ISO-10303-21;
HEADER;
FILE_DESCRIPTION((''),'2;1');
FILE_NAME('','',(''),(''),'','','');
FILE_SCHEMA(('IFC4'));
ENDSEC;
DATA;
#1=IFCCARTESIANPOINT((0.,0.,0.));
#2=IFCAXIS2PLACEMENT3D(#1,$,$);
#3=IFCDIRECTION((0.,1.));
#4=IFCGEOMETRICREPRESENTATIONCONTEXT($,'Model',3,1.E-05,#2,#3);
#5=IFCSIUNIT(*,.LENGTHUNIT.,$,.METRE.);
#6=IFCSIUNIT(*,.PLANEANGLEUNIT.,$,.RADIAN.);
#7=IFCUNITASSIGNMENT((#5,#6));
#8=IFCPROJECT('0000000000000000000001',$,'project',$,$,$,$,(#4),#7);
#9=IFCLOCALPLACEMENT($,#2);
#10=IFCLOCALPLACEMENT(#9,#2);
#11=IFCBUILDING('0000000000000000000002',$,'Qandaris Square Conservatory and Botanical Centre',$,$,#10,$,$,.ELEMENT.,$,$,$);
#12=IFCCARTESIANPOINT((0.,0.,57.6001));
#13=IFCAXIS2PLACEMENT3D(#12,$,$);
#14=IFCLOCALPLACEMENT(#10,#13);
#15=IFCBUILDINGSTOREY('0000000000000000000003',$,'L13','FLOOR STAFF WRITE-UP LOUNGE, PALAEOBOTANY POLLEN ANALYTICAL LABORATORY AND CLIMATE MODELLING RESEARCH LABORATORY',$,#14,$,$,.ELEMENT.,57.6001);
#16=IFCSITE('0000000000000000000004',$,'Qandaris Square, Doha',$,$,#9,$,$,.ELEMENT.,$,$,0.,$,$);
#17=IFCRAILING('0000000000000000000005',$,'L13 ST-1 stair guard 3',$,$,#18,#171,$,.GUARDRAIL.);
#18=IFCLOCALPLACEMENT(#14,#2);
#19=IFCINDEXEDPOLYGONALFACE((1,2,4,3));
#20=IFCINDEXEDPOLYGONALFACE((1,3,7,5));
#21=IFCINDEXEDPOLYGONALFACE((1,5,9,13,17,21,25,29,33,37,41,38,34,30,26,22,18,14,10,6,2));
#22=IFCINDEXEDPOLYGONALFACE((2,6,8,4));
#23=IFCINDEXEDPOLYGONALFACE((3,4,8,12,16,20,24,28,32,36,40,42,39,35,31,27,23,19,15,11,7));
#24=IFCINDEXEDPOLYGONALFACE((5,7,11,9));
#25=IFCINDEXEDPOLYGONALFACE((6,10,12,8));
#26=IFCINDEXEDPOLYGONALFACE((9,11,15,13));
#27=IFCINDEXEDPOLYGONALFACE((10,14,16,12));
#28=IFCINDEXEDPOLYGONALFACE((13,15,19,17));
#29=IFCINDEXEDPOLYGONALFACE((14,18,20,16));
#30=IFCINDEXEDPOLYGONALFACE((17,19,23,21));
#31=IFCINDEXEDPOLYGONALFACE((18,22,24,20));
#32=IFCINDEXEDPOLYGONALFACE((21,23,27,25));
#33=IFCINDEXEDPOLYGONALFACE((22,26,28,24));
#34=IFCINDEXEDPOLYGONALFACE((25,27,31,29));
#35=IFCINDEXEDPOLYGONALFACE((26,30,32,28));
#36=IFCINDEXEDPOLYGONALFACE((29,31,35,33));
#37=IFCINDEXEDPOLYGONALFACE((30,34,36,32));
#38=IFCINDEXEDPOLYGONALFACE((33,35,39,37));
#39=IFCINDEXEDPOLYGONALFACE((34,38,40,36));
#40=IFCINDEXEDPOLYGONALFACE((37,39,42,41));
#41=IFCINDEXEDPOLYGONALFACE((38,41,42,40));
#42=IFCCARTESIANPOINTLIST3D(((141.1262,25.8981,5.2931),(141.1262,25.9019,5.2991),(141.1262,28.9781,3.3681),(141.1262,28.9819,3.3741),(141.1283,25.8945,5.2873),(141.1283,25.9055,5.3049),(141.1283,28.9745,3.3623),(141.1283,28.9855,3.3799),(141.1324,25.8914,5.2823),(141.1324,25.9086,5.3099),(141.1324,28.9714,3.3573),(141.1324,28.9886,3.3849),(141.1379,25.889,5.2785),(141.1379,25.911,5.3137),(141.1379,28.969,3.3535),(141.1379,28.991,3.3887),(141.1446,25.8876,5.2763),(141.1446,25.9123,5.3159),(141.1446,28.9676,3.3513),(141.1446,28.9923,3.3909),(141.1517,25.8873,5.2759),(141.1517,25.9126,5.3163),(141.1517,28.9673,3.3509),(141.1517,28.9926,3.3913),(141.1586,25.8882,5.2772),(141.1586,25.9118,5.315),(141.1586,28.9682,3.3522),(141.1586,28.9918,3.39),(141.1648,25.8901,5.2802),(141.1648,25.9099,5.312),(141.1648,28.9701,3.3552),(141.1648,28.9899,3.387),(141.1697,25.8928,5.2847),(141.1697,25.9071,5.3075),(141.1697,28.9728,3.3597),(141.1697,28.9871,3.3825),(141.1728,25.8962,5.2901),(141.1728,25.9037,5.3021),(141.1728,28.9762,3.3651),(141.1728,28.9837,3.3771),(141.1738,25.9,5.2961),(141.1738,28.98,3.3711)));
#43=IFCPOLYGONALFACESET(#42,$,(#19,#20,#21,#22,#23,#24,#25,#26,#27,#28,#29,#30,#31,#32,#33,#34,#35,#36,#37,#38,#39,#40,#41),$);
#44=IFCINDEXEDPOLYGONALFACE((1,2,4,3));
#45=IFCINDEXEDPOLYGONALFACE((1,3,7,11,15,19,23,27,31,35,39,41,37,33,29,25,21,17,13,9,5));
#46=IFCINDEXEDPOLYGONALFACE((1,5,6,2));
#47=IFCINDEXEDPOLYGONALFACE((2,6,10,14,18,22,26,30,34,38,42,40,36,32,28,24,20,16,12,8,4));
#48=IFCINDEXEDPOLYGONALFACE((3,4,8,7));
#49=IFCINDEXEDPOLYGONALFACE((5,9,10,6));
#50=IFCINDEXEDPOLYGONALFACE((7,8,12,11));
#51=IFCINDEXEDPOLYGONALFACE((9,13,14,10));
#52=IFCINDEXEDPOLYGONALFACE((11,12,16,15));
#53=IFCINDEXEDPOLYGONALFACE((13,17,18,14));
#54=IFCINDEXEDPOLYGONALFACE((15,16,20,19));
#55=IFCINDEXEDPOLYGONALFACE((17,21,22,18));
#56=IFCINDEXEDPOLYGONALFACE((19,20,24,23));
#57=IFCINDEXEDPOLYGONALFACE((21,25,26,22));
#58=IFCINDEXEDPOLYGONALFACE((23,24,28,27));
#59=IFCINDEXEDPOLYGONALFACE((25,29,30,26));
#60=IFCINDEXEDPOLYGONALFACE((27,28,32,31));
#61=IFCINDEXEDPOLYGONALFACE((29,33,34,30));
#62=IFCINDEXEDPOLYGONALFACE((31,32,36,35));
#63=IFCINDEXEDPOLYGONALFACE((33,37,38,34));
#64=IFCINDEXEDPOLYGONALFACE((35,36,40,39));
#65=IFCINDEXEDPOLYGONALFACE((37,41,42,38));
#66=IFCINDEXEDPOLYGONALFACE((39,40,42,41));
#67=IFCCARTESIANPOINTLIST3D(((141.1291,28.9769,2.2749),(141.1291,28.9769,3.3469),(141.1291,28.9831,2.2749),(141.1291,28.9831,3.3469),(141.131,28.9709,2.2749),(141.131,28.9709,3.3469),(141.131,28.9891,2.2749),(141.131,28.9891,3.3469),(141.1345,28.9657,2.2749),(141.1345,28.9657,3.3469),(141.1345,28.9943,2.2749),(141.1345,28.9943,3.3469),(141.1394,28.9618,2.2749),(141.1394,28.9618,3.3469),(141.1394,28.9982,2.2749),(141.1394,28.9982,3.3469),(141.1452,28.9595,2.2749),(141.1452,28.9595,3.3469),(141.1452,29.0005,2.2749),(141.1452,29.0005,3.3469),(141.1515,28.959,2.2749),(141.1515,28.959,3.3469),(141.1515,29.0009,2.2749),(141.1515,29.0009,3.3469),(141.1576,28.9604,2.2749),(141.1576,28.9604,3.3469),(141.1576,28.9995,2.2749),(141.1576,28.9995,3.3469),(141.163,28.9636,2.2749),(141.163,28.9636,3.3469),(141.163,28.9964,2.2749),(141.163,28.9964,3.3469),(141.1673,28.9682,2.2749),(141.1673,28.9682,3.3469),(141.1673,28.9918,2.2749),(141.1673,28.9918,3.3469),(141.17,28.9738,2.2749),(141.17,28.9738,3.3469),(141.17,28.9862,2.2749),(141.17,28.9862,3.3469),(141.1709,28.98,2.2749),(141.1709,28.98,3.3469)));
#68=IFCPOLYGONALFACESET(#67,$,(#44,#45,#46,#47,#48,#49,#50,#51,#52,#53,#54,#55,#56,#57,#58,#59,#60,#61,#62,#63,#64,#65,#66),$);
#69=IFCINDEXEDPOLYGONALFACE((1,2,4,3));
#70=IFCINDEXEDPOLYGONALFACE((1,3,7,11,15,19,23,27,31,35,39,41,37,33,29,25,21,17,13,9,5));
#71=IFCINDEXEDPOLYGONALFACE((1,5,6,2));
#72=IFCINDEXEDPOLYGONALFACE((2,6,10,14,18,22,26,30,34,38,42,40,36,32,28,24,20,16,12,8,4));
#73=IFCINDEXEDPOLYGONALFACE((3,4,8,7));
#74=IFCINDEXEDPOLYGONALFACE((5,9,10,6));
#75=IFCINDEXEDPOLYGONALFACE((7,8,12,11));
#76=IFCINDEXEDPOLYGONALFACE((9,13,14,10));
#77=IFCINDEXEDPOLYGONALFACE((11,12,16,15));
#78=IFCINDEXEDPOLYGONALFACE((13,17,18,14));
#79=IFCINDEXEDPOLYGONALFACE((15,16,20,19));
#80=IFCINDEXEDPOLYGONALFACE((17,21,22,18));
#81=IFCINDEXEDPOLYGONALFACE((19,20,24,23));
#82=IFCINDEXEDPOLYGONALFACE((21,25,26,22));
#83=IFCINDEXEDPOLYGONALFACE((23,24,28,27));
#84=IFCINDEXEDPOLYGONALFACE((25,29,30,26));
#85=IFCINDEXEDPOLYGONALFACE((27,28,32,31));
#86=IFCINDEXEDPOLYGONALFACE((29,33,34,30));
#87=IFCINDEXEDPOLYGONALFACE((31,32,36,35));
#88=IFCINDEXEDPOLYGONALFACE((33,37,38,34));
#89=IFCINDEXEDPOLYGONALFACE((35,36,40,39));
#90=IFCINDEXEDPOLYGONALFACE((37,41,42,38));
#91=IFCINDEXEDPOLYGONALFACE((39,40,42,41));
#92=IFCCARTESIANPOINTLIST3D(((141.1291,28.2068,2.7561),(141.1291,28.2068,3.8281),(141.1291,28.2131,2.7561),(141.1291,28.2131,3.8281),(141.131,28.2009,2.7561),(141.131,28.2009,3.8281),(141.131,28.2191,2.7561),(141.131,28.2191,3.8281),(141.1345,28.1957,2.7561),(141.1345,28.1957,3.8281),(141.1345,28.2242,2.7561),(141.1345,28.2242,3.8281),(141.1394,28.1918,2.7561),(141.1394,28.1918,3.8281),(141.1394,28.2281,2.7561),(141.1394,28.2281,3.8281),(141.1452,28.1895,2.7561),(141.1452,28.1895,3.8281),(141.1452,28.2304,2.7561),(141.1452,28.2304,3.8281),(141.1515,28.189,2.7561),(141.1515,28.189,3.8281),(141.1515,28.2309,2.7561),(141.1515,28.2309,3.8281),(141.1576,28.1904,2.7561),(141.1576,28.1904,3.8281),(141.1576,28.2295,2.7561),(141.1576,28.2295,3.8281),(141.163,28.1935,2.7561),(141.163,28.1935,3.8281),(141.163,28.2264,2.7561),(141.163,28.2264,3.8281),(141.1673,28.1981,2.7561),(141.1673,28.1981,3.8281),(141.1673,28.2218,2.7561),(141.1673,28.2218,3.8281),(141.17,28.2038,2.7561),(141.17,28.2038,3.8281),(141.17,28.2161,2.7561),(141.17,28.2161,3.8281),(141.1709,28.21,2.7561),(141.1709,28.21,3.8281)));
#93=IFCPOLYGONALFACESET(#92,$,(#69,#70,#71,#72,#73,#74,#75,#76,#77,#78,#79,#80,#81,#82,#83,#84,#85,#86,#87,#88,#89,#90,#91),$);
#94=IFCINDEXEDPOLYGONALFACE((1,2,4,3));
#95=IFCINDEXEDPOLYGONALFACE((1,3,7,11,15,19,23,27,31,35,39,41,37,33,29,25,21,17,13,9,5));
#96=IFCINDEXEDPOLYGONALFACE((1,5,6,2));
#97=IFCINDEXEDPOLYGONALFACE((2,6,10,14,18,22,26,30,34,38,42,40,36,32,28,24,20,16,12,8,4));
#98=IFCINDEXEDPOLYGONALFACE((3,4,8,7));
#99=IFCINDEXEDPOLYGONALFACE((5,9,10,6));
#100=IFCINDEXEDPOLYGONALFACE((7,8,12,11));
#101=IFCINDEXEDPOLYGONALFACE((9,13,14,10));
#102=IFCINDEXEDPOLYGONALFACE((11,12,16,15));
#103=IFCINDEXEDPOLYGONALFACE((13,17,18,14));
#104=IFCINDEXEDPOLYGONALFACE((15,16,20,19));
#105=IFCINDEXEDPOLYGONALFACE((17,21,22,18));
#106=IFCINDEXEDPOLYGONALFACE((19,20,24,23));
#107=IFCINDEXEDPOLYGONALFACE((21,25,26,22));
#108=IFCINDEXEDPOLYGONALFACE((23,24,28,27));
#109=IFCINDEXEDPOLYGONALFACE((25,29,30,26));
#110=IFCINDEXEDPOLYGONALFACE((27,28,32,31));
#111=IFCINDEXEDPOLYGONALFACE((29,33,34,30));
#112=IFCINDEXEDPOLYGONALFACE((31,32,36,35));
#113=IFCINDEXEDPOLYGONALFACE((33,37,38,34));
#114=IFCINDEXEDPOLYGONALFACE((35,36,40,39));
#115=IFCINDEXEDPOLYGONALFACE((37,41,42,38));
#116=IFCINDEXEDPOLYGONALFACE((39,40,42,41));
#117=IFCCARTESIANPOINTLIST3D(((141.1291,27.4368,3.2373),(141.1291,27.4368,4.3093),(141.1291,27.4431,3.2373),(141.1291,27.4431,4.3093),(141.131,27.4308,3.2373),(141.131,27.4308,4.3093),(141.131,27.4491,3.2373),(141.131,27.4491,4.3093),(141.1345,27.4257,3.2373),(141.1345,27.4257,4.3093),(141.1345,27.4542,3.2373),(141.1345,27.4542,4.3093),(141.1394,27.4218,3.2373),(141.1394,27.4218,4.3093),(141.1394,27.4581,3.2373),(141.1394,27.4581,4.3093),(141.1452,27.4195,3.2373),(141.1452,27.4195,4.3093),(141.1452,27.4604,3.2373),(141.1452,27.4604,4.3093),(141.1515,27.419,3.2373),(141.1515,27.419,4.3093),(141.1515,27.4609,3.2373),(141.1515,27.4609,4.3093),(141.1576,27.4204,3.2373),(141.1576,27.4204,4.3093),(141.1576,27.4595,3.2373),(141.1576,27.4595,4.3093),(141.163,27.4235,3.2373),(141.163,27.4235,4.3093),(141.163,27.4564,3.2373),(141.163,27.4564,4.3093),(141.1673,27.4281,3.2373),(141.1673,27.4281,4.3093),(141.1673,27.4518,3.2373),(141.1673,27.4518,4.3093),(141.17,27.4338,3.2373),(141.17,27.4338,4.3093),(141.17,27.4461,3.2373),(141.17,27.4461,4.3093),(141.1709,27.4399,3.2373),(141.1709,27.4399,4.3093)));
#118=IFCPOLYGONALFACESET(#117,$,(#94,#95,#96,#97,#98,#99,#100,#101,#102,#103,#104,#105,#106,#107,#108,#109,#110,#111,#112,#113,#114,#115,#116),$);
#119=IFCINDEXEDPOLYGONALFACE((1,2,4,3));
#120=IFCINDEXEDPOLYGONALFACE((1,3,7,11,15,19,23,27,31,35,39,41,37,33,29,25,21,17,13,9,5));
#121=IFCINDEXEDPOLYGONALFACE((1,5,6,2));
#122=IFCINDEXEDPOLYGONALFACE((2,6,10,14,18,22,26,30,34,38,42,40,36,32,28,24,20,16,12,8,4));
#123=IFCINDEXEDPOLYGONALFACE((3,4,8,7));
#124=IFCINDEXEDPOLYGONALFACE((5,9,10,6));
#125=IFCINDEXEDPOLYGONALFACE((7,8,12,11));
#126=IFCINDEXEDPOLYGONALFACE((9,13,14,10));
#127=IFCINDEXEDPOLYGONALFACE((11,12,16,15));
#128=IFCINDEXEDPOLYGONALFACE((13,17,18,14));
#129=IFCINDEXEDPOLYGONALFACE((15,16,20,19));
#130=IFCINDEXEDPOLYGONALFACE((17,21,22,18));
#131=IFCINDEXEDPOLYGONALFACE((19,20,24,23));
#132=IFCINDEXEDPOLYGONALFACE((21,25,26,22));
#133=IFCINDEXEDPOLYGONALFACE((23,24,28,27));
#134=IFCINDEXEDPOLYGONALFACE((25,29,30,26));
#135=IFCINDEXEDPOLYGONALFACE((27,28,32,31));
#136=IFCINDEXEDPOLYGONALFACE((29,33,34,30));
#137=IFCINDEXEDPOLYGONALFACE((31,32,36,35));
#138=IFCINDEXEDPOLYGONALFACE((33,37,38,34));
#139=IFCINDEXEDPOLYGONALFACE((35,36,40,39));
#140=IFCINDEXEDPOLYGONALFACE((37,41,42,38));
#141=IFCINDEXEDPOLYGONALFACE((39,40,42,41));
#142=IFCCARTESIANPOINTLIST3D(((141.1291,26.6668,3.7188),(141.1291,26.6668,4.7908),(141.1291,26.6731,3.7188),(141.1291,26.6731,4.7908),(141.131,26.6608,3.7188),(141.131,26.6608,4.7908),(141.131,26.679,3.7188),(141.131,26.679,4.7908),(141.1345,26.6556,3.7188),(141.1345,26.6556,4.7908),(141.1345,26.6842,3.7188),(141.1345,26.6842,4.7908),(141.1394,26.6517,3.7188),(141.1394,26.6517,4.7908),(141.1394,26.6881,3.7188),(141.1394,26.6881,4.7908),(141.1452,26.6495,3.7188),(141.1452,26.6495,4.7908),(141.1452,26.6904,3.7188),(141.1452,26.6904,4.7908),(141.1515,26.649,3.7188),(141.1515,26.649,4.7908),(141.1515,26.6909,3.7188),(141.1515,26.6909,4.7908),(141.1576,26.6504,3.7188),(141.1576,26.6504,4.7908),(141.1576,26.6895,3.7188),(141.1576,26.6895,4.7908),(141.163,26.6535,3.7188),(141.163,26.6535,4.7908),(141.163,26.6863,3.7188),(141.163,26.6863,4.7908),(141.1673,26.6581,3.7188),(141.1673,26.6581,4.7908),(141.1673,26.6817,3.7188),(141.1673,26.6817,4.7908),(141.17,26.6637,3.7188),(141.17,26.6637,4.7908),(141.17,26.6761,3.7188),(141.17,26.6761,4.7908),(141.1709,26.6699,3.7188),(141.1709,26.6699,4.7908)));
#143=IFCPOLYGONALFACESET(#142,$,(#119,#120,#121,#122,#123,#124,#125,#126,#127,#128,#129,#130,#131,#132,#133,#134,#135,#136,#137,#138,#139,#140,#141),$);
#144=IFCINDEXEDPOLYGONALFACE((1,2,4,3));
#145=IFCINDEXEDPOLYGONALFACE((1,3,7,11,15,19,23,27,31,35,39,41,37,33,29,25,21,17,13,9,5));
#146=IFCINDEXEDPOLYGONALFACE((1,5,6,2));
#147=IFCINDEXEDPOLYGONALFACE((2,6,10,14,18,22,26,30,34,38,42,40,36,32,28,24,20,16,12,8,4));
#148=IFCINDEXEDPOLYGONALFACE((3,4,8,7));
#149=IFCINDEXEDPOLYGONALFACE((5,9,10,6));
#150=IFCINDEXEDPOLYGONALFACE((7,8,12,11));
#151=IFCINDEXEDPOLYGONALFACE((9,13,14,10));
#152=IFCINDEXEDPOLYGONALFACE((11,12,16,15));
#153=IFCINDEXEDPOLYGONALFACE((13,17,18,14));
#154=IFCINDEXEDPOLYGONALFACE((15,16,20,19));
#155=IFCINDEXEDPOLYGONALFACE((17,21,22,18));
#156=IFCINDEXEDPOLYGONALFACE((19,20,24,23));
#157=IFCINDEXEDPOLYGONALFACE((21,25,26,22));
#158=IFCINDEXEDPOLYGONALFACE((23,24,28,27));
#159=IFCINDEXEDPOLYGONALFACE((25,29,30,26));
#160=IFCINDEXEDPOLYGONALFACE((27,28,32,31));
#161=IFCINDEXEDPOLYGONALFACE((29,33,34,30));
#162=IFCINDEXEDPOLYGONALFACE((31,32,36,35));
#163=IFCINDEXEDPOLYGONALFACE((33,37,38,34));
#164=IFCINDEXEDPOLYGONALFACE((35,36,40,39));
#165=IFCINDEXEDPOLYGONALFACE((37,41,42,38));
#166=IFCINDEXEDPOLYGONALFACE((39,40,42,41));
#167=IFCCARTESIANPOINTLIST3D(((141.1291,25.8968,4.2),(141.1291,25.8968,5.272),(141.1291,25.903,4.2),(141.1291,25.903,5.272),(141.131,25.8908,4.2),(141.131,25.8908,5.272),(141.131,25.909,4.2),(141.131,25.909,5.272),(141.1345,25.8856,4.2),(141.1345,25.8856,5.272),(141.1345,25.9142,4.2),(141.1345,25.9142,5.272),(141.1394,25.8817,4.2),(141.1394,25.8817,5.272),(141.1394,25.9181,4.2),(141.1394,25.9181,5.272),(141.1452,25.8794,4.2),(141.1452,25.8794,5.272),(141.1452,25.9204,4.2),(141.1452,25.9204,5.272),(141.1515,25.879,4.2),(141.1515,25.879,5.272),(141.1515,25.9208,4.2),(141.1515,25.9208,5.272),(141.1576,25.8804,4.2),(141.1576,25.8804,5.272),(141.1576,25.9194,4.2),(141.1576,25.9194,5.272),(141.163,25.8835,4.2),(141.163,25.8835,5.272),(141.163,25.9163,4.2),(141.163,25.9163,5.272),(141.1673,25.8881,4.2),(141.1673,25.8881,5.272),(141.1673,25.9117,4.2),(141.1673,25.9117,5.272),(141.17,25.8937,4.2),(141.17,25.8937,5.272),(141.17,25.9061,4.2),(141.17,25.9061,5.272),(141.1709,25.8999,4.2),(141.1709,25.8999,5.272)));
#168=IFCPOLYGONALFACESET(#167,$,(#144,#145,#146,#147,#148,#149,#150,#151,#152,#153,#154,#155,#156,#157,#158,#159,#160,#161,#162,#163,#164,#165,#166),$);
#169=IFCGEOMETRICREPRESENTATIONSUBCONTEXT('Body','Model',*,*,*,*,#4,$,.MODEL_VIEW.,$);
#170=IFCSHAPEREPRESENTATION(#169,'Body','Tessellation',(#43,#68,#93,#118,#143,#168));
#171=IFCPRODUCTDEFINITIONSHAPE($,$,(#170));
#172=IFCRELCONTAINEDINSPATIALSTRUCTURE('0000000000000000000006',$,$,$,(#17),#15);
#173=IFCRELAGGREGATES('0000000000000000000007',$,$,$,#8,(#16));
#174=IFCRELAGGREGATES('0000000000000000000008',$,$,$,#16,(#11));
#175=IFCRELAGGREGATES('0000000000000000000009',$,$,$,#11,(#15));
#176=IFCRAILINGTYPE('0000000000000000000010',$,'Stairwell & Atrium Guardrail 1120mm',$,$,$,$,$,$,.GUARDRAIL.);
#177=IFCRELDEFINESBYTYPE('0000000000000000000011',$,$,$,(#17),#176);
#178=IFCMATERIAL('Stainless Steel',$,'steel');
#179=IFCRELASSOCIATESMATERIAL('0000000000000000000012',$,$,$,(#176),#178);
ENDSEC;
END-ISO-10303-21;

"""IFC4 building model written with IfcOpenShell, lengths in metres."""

from ifc_helpers import new_model, si_unit, direction, frame, origin, origin_2d, place, context, subcontext, project, spatial, circle, extrude, material, type_object, element, save


model = new_model("IFC4")

# Units and contexts
model_context = context("Model", 3, precision=1e-05, world=origin(), true_north=direction((0.0, 1.0)))
body_context = subcontext(model_context, "Body", "Model", "MODEL_VIEW")
ifc_project = project(units=[si_unit("LENGTHUNIT", "METRE"), si_unit("PLANEANGLEUNIT", "RADIAN")], contexts=[model_context])

# Site, building, storey
site_placement = place(None, origin())
site = spatial("IfcSite", under=ifc_project, at=site_placement, Name="Qandaris Square, Doha", CompositionType="ELEMENT", RefElevation=0.0)
building_placement = place(site_placement, origin())
building = spatial("IfcBuilding", under=site, at=building_placement, Name="Qandaris Square Conservatory and Botanical Centre", CompositionType="ELEMENT")
storey_placement = place(building_placement, frame((0.0, 0.0, 57.6001)))
storey = spatial("IfcBuildingStorey", under=building, at=storey_placement, Name="L13", Description="FLOOR STAFF WRITE-UP LOUNGE, PALAEOBOTANY POLLEN ANALYTICAL LABORATORY AND CLIMATE MODELLING RESEARCH LABORATORY", CompositionType="ELEMENT", Elevation=57.6001)

# Railing
ifc_material_1 = material(Name="Stainless Steel", Category="steel")
railing_type_1 = type_object("IfcRailingType", Name="Stairwell & Atrium Guardrail 1120mm", PredefinedType="GUARDRAIL", material=ifc_material_1)
railing_1_placement = place(storey_placement, frame((141.1499, 28.98, 2.2749)))
element("IfcRailing", 1, at=railing_1_placement, inside=storey, type_object=railing_type_1, Name="L13 ST-1 stair guard 3", PredefinedType="GUARDRAIL", context=body_context, shape_type="SweptSolid", body=[
    extrude(circle(Radius=0.0239, at=origin_2d()), frame((0.0, 0.0, 1.0962), z_axis=(0.0, -0.847998, 0.529999), x_axis=(1.0, 0.0, 0.0)), (0.0, 0.0, 1.0), 3.6321),
    extrude(circle(Radius=0.021, at=origin_2d()), origin(), (0.0, 0.0, 1.0), 1.072),
    extrude(circle(Radius=0.021, at=origin_2d()), frame((0.0, -0.77, 0.4812)), (0.0, 0.0, 1.0), 1.072),
    extrude(circle(Radius=0.021, at=origin_2d()), frame((0.0, -1.54, 0.9624)), (0.0, 0.0, 1.0), 1.072),
    extrude(circle(Radius=0.021, at=origin_2d()), frame((0.0, -2.3101, 1.4438)), (0.0, 0.0, 1.0), 1.072),
    extrude(circle(Radius=0.021, at=origin_2d()), frame((0.0, -3.0801, 1.925)), (0.0, 0.0, 1.0), 1.072),
])

save(model, "model.ifc")
